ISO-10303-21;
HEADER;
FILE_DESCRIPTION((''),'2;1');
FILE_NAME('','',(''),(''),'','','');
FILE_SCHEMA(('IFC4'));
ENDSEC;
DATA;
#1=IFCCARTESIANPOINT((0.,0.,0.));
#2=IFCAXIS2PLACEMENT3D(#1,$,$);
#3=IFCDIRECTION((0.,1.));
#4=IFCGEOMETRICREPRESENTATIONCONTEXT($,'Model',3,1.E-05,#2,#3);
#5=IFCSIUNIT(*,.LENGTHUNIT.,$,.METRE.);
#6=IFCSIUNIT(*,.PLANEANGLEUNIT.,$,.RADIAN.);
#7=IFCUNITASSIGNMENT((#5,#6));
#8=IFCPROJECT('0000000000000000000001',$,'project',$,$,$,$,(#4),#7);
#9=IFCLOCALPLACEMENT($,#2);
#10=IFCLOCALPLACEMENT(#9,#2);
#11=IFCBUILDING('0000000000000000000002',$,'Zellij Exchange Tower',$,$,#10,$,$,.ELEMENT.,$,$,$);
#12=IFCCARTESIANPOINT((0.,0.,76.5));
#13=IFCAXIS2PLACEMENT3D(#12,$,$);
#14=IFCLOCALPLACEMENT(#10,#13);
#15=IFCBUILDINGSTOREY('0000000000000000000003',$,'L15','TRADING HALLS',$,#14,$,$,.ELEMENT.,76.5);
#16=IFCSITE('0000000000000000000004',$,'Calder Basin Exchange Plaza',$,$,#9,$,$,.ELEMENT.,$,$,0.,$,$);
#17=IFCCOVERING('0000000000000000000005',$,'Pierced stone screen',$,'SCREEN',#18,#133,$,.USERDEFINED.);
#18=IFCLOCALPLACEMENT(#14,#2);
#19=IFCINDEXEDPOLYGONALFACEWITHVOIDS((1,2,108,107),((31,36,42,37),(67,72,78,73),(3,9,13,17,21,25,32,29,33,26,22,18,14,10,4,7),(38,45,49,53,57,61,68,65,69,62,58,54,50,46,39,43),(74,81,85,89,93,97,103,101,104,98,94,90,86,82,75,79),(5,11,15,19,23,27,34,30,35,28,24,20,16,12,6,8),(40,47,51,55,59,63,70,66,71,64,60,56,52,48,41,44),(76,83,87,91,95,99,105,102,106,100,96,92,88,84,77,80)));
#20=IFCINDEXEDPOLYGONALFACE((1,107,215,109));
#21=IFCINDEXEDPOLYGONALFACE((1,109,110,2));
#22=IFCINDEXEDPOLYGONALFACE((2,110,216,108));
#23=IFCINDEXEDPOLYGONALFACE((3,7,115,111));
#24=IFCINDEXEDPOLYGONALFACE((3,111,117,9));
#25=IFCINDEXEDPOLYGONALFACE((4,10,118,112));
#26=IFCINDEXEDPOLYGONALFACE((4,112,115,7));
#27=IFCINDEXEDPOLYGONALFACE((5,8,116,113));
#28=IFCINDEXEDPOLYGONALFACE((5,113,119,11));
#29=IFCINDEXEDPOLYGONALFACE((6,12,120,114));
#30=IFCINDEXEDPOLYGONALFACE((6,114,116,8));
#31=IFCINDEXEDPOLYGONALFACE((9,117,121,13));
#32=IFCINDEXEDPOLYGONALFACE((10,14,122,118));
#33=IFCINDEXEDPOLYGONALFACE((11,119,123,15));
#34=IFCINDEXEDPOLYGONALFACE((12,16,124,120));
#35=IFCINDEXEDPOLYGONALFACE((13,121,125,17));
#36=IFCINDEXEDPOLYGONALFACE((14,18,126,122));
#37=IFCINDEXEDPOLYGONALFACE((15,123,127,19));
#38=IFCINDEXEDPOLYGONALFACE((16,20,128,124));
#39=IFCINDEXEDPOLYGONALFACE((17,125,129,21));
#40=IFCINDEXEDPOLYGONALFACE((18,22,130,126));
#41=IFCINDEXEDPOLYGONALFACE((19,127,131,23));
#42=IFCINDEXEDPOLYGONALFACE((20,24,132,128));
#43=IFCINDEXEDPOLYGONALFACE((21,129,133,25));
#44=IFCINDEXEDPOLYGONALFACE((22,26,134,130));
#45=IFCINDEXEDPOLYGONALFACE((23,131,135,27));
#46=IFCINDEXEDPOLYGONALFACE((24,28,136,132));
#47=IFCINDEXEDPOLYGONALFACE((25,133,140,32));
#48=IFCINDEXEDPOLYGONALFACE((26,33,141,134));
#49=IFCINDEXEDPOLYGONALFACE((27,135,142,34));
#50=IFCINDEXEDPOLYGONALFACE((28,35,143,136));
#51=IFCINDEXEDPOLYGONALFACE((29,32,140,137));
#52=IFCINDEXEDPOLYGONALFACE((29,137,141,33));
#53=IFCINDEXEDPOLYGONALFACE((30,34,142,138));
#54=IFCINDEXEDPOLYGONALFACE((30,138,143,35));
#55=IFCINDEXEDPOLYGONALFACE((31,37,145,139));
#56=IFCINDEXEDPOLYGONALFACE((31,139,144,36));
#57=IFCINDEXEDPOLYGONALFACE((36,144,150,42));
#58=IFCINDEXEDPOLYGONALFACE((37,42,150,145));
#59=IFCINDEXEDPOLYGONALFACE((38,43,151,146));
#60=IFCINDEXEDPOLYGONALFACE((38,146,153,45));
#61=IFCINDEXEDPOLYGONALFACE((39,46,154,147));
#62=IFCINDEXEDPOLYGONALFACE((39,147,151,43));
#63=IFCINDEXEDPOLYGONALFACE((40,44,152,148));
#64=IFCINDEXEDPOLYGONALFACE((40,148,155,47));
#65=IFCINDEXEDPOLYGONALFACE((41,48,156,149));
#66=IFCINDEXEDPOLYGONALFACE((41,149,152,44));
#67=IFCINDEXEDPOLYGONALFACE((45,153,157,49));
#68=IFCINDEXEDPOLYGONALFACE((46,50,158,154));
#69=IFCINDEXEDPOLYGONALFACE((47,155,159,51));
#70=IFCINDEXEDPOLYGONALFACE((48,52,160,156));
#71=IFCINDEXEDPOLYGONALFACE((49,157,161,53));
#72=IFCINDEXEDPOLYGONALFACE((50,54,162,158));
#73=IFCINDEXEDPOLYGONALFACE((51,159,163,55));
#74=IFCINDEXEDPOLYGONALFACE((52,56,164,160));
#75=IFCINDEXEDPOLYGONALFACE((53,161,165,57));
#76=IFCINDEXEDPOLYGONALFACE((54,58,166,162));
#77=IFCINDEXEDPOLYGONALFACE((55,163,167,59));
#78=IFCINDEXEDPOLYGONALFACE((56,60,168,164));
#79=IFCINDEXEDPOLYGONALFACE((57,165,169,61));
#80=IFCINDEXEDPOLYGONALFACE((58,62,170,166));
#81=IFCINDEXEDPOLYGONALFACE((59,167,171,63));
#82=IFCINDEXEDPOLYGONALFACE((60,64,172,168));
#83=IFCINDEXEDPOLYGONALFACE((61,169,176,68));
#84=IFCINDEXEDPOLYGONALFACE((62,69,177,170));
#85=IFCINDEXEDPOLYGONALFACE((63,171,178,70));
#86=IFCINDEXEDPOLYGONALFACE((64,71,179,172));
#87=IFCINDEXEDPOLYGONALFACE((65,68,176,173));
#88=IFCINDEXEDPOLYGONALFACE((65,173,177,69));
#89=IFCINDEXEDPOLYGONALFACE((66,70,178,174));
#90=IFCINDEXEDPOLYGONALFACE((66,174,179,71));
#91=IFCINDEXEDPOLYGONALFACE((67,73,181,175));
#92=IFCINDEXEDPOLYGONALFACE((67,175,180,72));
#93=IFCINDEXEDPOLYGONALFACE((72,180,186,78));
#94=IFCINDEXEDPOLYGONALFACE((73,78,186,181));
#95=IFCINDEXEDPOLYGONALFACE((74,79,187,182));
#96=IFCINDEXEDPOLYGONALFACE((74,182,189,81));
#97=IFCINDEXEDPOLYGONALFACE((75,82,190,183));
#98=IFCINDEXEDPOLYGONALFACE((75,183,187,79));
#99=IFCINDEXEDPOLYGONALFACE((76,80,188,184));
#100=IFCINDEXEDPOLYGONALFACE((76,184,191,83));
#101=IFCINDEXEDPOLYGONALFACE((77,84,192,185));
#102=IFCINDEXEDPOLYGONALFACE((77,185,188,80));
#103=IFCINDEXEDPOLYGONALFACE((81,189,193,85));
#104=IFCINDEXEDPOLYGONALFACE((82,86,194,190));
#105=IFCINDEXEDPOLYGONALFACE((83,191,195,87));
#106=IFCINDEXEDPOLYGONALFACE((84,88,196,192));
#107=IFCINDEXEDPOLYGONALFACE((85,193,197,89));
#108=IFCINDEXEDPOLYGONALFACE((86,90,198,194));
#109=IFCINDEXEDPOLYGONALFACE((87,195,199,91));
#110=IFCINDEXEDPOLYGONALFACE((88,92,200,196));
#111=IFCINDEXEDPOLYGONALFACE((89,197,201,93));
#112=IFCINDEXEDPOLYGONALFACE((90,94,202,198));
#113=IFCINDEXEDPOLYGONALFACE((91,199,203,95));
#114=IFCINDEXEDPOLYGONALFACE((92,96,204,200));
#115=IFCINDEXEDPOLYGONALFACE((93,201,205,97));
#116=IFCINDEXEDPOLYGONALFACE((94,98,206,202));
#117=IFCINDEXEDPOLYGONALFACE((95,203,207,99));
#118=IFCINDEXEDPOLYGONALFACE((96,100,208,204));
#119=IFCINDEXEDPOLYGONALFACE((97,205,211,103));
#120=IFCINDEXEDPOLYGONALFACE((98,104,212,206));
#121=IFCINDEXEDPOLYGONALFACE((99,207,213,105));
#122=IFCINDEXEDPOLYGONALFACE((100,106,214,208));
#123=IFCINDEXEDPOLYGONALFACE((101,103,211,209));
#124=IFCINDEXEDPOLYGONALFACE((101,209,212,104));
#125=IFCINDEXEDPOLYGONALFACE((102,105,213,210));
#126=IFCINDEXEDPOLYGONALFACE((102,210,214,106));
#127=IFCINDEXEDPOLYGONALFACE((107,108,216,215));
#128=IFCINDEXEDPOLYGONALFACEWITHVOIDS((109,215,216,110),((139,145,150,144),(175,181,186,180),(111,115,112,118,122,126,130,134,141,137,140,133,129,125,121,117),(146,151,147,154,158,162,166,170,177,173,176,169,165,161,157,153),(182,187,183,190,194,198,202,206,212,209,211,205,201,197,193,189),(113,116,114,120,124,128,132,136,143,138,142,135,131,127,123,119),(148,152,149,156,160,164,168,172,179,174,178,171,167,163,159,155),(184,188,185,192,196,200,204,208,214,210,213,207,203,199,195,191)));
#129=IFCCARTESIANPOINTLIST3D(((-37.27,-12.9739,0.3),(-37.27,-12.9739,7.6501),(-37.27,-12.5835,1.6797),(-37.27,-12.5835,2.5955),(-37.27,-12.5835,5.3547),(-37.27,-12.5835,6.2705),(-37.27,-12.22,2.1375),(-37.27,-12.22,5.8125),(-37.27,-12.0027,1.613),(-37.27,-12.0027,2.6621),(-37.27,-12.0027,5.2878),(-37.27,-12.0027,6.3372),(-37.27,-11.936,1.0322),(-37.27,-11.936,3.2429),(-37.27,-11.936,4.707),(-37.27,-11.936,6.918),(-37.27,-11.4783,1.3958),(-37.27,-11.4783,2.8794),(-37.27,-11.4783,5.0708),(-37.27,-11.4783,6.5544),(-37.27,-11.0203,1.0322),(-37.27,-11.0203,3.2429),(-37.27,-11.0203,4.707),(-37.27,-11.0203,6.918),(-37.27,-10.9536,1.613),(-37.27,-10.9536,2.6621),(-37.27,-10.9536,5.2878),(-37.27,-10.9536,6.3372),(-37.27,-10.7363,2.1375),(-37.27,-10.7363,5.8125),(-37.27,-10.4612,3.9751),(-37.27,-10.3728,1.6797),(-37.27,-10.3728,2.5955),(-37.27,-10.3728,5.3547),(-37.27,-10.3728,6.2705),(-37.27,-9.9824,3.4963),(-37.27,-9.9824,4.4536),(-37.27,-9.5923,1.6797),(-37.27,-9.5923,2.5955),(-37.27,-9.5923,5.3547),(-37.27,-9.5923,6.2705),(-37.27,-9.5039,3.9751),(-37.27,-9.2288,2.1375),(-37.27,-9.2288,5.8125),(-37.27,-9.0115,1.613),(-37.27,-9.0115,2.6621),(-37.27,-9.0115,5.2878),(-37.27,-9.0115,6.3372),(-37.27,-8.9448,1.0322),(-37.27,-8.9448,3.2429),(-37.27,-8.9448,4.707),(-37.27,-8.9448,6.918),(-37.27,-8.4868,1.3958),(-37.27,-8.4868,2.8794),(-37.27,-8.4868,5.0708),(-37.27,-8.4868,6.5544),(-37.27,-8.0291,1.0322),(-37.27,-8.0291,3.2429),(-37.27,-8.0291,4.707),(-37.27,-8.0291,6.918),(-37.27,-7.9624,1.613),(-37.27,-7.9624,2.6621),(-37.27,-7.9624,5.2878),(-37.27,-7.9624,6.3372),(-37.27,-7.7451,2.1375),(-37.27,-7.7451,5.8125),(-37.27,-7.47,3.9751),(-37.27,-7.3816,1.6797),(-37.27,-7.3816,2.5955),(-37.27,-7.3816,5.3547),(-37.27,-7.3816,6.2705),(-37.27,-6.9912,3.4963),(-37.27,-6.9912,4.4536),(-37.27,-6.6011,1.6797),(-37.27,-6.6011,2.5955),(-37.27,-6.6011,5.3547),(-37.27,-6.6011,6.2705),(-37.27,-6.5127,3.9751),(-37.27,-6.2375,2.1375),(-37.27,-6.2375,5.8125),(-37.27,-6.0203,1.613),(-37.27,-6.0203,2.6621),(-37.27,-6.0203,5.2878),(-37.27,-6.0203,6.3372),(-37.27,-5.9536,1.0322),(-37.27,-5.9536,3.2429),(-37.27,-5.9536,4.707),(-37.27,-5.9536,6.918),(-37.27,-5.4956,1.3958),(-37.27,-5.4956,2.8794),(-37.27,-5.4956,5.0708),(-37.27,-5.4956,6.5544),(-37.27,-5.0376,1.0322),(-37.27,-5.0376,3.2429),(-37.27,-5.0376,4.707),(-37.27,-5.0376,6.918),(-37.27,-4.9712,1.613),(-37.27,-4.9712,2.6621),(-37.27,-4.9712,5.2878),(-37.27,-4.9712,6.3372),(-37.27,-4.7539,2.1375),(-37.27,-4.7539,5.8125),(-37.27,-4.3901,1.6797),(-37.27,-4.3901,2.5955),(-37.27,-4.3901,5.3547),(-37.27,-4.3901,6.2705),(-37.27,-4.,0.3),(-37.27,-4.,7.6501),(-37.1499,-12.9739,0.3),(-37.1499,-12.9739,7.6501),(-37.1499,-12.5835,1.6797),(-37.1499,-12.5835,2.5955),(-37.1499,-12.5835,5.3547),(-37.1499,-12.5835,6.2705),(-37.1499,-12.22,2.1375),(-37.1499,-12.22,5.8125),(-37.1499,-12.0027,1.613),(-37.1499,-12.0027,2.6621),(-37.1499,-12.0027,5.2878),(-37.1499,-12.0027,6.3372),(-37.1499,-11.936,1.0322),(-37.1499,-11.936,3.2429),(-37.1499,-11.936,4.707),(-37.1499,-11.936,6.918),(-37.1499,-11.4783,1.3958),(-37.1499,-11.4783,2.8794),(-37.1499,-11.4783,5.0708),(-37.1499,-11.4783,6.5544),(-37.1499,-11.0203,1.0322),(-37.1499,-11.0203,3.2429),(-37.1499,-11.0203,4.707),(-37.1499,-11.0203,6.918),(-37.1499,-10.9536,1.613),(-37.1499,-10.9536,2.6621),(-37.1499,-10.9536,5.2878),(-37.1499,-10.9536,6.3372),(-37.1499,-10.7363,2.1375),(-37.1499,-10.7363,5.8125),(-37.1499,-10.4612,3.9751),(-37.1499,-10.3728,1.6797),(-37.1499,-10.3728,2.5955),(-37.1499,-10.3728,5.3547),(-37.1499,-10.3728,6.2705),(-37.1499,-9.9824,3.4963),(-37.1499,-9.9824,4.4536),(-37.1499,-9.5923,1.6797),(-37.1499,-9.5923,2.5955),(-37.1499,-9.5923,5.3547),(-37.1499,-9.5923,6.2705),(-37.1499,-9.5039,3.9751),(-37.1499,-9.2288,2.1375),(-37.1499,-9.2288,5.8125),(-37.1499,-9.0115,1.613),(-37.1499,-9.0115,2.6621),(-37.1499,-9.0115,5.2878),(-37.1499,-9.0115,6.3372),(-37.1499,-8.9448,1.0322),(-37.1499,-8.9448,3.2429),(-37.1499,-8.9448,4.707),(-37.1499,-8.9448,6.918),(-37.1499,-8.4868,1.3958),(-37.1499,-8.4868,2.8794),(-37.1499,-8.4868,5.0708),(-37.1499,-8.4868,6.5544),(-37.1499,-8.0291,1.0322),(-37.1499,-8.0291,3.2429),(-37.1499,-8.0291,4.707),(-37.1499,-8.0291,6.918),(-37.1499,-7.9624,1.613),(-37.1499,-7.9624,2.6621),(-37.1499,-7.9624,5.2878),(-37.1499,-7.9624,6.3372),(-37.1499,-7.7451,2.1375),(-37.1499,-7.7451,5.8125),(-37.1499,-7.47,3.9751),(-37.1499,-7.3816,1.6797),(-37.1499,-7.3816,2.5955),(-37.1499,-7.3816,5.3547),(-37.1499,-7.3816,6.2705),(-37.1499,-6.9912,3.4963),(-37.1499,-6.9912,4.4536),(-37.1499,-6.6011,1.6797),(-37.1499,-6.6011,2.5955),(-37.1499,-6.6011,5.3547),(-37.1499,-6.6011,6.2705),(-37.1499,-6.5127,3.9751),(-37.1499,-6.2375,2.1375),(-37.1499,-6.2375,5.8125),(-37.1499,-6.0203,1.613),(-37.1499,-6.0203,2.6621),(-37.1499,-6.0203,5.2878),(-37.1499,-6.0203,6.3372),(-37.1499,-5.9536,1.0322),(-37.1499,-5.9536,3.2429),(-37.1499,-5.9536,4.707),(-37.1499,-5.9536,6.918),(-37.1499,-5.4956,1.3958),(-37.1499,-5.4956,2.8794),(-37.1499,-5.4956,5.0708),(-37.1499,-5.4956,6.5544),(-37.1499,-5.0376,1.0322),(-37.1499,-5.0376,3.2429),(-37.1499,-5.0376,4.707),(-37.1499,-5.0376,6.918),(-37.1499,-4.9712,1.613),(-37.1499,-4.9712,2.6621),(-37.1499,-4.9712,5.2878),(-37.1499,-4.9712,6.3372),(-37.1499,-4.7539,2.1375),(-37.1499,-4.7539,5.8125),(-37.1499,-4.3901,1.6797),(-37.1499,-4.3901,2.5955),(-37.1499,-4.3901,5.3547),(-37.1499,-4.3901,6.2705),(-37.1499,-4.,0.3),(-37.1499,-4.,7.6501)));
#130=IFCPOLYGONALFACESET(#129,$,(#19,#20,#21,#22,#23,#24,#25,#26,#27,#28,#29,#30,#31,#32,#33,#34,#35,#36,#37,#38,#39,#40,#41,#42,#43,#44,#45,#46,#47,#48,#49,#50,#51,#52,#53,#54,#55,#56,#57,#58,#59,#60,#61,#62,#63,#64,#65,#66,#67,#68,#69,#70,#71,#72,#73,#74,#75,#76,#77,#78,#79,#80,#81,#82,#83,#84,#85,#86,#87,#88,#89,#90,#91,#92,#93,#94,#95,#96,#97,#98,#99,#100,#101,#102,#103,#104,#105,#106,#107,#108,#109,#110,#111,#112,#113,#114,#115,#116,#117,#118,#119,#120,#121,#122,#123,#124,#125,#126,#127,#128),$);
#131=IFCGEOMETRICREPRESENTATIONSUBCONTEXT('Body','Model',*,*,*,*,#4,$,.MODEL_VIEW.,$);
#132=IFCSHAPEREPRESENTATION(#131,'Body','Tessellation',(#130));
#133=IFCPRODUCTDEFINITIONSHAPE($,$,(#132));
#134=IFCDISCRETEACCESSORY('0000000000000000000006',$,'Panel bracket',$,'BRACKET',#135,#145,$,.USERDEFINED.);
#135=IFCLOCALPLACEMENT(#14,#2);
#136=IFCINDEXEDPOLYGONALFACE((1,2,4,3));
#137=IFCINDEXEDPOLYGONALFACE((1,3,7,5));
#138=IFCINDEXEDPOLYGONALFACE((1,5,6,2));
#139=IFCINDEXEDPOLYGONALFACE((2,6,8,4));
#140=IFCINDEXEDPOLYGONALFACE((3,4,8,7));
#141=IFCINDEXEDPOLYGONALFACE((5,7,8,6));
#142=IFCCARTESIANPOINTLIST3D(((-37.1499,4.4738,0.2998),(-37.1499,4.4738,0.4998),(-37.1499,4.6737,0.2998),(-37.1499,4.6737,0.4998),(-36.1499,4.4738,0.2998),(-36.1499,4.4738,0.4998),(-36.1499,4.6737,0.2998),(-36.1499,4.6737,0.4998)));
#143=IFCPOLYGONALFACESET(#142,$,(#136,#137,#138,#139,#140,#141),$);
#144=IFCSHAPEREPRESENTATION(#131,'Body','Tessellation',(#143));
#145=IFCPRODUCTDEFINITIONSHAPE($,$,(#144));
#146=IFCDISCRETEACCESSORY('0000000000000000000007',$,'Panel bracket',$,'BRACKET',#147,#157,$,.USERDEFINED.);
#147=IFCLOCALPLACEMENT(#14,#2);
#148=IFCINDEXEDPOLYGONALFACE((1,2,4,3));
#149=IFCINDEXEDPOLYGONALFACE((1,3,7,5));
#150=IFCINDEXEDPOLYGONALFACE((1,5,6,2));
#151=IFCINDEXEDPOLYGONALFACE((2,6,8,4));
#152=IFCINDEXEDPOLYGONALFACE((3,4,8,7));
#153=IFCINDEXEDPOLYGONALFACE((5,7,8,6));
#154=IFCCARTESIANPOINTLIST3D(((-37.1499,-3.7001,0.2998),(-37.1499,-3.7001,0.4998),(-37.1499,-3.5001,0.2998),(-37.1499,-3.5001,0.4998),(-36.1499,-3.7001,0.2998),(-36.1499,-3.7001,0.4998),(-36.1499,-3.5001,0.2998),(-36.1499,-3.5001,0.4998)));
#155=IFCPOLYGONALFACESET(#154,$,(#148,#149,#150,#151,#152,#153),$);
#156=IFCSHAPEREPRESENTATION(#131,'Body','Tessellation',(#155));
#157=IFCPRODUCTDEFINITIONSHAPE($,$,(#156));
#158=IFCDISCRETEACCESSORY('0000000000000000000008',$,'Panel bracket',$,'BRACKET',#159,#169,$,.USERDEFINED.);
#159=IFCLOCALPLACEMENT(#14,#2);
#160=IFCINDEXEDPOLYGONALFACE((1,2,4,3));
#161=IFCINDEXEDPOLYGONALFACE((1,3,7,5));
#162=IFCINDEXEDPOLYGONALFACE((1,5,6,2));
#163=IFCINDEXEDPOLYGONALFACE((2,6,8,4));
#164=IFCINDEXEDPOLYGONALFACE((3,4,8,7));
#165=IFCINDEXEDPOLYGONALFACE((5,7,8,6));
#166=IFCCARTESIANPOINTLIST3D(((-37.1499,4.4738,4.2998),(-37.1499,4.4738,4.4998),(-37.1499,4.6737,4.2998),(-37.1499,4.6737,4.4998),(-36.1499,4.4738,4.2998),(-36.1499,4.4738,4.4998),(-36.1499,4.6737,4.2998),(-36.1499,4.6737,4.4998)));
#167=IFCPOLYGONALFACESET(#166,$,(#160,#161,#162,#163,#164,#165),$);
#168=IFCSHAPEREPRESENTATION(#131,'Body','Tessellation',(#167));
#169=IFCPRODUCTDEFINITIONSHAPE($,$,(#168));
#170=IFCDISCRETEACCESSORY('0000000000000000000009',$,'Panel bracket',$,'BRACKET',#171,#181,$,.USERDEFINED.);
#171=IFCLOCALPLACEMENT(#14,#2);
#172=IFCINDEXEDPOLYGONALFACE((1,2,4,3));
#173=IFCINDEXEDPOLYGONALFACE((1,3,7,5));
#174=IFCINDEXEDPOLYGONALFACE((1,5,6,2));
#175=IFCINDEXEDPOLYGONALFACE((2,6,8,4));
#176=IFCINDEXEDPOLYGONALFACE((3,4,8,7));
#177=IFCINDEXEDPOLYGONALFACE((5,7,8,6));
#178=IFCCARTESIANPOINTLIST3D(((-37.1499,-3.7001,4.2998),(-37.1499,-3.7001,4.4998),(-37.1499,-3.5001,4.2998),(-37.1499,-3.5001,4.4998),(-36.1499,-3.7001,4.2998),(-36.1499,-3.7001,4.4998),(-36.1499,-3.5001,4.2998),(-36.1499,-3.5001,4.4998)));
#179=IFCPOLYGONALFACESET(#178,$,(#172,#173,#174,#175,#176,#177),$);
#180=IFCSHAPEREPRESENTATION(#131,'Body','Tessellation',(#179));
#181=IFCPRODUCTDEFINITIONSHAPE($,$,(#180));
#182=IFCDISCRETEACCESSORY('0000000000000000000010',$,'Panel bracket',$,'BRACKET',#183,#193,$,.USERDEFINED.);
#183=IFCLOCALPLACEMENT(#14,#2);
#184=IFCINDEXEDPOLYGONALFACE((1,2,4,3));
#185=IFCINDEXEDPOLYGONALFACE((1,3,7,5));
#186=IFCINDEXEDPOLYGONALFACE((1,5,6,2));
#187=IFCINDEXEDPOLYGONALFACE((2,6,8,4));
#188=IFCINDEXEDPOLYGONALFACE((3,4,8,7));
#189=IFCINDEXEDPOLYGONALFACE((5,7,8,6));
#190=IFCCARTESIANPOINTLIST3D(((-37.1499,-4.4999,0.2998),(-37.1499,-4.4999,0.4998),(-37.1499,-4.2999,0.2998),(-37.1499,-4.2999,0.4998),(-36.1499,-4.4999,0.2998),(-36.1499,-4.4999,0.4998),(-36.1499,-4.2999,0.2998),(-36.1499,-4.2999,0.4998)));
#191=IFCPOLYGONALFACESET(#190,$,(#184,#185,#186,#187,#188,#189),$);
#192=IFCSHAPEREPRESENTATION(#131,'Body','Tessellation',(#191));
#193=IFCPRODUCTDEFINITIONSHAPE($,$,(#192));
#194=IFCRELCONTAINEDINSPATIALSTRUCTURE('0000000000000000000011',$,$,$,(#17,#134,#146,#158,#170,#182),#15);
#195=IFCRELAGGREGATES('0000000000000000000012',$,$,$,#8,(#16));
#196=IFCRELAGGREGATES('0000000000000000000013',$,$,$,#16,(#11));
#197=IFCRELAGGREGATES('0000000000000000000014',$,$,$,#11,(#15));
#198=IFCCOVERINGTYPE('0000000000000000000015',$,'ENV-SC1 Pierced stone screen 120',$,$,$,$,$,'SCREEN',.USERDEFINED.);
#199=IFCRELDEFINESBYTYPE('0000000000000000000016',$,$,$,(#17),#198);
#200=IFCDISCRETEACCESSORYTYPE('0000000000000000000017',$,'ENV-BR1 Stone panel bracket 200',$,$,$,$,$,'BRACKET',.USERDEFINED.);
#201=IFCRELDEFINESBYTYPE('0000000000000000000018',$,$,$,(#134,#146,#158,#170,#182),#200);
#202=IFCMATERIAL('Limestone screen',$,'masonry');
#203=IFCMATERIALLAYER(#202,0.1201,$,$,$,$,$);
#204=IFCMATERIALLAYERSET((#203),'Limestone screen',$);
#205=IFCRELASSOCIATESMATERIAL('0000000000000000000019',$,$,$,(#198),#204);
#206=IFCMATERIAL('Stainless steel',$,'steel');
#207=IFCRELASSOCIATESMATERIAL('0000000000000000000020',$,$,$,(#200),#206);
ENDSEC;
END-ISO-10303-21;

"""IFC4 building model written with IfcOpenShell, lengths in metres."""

from ifc_helpers import new_model, si_unit, direction, frame, origin, origin_2d, place, context, subcontext, project, spatial, polyline, rectangle, outline, extrude, material, layer, layer_set, type_object, element, save


model = new_model("IFC4")

# Units and contexts
model_context = context("Model", 3, precision=1e-05, world=origin(), true_north=direction((0.0, 1.0)))
body_context = subcontext(model_context, "Body", "Model", "MODEL_VIEW")
ifc_project = project(units=[si_unit("LENGTHUNIT", "METRE"), si_unit("PLANEANGLEUNIT", "RADIAN")], contexts=[model_context])

# Site, building, storey
site_placement = place(None, origin())
site = spatial("IfcSite", under=ifc_project, at=site_placement, Name="Calder Basin Exchange Plaza", CompositionType="ELEMENT", RefElevation=0.0)
building_placement = place(site_placement, origin())
building = spatial("IfcBuilding", under=site, at=building_placement, Name="Zellij Exchange Tower", CompositionType="ELEMENT")
storey_placement = place(building_placement, frame((0.0, 0.0, 76.5)))
storey = spatial("IfcBuildingStorey", under=building, at=storey_placement, Name="L15", Description="TRADING HALLS", CompositionType="ELEMENT", Elevation=76.5)

# Covering
ifc_material_1 = material(Name="Limestone screen", Category="masonry")
ifc_layer_1 = layer(ifc_material_1, 0.1201)
ifc_layer_set_1 = layer_set([ifc_layer_1], Name="Limestone screen")
covering_type = type_object("IfcCoveringType", Name="ENV-SC1 Pierced stone screen 120", ElementType="SCREEN", PredefinedType="USERDEFINED", material=ifc_layer_set_1)
covering_1_placement = place(storey_placement, frame((-37.21, -4.0, 0.3), z_axis=(0.0, 0.0, 1.0), x_axis=(0.0, -1.0, 0.0)))
element("IfcCovering", 1, at=covering_1_placement, inside=storey, type_object=covering_type, Name="Pierced stone screen", ObjectType="SCREEN", PredefinedType="USERDEFINED", context=body_context, shape_type="SweptSolid", body=[
    extrude(outline(polyline([(0.0, 0.0), (8.9739, 0.0), (8.9739, 7.3501), (0.0, 7.3501), (0.0, 0.0)]), holes=[polyline([(2.6011, 2.2954), (2.0203, 2.3621), (1.9536, 2.9429), (1.4956, 2.5793), (1.0376, 2.9429), (0.9712, 2.3621), (0.3901, 2.2954), (0.7539, 1.8374), (0.3901, 1.3796), (0.9712, 1.313), (1.0376, 0.7322), (1.4956, 1.0957), (1.9536, 0.7322), (2.0203, 1.313), (2.6011, 1.3796), (2.2375, 1.8374), (2.6011, 2.2954)]), polyline([(2.6011, 5.9705), (2.0203, 6.0371), (1.9536, 6.6179), (1.4956, 6.2544), (1.0376, 6.6179), (0.9712, 6.0371), (0.3901, 5.9705), (0.7539, 5.5125), (0.3901, 5.0547), (0.9712, 4.9878), (1.0376, 4.407), (1.4956, 4.7708), (1.9536, 4.407), (2.0203, 4.9878), (2.6011, 5.0547), (2.2375, 5.5125), (2.6011, 5.9705)]), polyline([(5.5923, 2.2954), (5.0115, 2.3621), (4.9448, 2.9429), (4.4868, 2.5793), (4.0291, 2.9429), (3.9624, 2.3621), (3.3816, 2.2954), (3.7451, 1.8374), (3.3816, 1.3796), (3.9624, 1.313), (4.0291, 0.7322), (4.4868, 1.0957), (4.9448, 0.7322), (5.0115, 1.313), (5.5923, 1.3796), (5.2288, 1.8374), (5.5923, 2.2954)]), polyline([(5.5923, 5.9705), (5.0115, 6.0371), (4.9448, 6.6179), (4.4868, 6.2544), (4.0291, 6.6179), (3.9624, 6.0371), (3.3816, 5.9705), (3.7451, 5.5125), (3.3816, 5.0547), (3.9624, 4.9878), (4.0291, 4.407), (4.4868, 4.7708), (4.9448, 4.407), (5.0115, 4.9878), (5.5923, 5.0547), (5.2288, 5.5125), (5.5923, 5.9705)]), polyline([(8.5835, 2.2954), (8.0027, 2.3621), (7.936, 2.9429), (7.4783, 2.5793), (7.0203, 2.9429), (6.9536, 2.3621), (6.3728, 2.2954), (6.7363, 1.8374), (6.3728, 1.3796), (6.9536, 1.313), (7.0203, 0.7322), (7.4783, 1.0957), (7.936, 0.7322), (8.0027, 1.313), (8.5835, 1.3796), (8.22, 1.8374), (8.5835, 2.2954)]), polyline([(8.5835, 5.9705), (8.0027, 6.0371), (7.936, 6.6179), (7.4783, 6.2544), (7.0203, 6.6179), (6.9536, 6.0371), (6.3728, 5.9705), (6.7363, 5.5125), (6.3728, 5.0547), (6.9536, 4.9878), (7.0203, 4.407), (7.4783, 4.7708), (7.936, 4.407), (8.0027, 4.9878), (8.5835, 5.0547), (8.22, 5.5125), (8.5835, 5.9705)]), polyline([(3.47, 3.675), (2.9912, 4.1536), (2.5127, 3.675), (2.9912, 3.1963), (3.47, 3.675)]), polyline([(6.4612, 3.675), (5.9824, 4.1536), (5.5039, 3.675), (5.9824, 3.1963), (6.4612, 3.675)])]), frame((0.0, 0.0601, 0.0), z_axis=(0.0, -1.0, 0.0), x_axis=(1.0, 0.0, 0.0)), (0.0, 0.0, 1.0), 0.1201),
])

# Discrete accessories
ifc_material_2 = material(Name="Stainless steel", Category="steel")
discrete_accessory_type = type_object("IfcDiscreteAccessoryType", Name="ENV-BR1 Stone panel bracket 200", ElementType="BRACKET", PredefinedType="USERDEFINED", material=ifc_material_2)
for number, where, z_axis, x_axis, name in (
    (2, (-36.6499, 4.5737, 0.2998), (0.0, 0.0, 1.0), (0.0, -1.0, 0.0), "Panel bracket"),
    (3, (-36.6499, -3.6001, 0.2998), (0.0, 0.0, 1.0), (0.0, -1.0, 0.0), "Panel bracket"),
    (4, (-36.6499, 4.5737, 4.2998), (0.0, 0.0, 1.0), (0.0, -1.0, 0.0), "Panel bracket"),
    (5, (-36.6499, -3.6001, 4.2998), (0.0, 0.0, 1.0), (0.0, -1.0, 0.0), "Panel bracket"),
    (6, (-36.6499, -4.3999, 0.2998), (0.0, 0.0, 1.0), (0.0, -1.0, 0.0), "Panel bracket"),
):
    element("IfcDiscreteAccessory", number, at=place(storey_placement, frame(where, z_axis=z_axis, x_axis=x_axis)), inside=storey, type_object=discrete_accessory_type, Name=name, ObjectType="BRACKET", PredefinedType="USERDEFINED", context=body_context, shape_type="SweptSolid", body=[
        extrude(rectangle(XDim=0.2, YDim=1.0, at=origin_2d()), origin(), (0.0, 0.0, 1.0), 0.2),
    ])

save(model, "model.ifc")
